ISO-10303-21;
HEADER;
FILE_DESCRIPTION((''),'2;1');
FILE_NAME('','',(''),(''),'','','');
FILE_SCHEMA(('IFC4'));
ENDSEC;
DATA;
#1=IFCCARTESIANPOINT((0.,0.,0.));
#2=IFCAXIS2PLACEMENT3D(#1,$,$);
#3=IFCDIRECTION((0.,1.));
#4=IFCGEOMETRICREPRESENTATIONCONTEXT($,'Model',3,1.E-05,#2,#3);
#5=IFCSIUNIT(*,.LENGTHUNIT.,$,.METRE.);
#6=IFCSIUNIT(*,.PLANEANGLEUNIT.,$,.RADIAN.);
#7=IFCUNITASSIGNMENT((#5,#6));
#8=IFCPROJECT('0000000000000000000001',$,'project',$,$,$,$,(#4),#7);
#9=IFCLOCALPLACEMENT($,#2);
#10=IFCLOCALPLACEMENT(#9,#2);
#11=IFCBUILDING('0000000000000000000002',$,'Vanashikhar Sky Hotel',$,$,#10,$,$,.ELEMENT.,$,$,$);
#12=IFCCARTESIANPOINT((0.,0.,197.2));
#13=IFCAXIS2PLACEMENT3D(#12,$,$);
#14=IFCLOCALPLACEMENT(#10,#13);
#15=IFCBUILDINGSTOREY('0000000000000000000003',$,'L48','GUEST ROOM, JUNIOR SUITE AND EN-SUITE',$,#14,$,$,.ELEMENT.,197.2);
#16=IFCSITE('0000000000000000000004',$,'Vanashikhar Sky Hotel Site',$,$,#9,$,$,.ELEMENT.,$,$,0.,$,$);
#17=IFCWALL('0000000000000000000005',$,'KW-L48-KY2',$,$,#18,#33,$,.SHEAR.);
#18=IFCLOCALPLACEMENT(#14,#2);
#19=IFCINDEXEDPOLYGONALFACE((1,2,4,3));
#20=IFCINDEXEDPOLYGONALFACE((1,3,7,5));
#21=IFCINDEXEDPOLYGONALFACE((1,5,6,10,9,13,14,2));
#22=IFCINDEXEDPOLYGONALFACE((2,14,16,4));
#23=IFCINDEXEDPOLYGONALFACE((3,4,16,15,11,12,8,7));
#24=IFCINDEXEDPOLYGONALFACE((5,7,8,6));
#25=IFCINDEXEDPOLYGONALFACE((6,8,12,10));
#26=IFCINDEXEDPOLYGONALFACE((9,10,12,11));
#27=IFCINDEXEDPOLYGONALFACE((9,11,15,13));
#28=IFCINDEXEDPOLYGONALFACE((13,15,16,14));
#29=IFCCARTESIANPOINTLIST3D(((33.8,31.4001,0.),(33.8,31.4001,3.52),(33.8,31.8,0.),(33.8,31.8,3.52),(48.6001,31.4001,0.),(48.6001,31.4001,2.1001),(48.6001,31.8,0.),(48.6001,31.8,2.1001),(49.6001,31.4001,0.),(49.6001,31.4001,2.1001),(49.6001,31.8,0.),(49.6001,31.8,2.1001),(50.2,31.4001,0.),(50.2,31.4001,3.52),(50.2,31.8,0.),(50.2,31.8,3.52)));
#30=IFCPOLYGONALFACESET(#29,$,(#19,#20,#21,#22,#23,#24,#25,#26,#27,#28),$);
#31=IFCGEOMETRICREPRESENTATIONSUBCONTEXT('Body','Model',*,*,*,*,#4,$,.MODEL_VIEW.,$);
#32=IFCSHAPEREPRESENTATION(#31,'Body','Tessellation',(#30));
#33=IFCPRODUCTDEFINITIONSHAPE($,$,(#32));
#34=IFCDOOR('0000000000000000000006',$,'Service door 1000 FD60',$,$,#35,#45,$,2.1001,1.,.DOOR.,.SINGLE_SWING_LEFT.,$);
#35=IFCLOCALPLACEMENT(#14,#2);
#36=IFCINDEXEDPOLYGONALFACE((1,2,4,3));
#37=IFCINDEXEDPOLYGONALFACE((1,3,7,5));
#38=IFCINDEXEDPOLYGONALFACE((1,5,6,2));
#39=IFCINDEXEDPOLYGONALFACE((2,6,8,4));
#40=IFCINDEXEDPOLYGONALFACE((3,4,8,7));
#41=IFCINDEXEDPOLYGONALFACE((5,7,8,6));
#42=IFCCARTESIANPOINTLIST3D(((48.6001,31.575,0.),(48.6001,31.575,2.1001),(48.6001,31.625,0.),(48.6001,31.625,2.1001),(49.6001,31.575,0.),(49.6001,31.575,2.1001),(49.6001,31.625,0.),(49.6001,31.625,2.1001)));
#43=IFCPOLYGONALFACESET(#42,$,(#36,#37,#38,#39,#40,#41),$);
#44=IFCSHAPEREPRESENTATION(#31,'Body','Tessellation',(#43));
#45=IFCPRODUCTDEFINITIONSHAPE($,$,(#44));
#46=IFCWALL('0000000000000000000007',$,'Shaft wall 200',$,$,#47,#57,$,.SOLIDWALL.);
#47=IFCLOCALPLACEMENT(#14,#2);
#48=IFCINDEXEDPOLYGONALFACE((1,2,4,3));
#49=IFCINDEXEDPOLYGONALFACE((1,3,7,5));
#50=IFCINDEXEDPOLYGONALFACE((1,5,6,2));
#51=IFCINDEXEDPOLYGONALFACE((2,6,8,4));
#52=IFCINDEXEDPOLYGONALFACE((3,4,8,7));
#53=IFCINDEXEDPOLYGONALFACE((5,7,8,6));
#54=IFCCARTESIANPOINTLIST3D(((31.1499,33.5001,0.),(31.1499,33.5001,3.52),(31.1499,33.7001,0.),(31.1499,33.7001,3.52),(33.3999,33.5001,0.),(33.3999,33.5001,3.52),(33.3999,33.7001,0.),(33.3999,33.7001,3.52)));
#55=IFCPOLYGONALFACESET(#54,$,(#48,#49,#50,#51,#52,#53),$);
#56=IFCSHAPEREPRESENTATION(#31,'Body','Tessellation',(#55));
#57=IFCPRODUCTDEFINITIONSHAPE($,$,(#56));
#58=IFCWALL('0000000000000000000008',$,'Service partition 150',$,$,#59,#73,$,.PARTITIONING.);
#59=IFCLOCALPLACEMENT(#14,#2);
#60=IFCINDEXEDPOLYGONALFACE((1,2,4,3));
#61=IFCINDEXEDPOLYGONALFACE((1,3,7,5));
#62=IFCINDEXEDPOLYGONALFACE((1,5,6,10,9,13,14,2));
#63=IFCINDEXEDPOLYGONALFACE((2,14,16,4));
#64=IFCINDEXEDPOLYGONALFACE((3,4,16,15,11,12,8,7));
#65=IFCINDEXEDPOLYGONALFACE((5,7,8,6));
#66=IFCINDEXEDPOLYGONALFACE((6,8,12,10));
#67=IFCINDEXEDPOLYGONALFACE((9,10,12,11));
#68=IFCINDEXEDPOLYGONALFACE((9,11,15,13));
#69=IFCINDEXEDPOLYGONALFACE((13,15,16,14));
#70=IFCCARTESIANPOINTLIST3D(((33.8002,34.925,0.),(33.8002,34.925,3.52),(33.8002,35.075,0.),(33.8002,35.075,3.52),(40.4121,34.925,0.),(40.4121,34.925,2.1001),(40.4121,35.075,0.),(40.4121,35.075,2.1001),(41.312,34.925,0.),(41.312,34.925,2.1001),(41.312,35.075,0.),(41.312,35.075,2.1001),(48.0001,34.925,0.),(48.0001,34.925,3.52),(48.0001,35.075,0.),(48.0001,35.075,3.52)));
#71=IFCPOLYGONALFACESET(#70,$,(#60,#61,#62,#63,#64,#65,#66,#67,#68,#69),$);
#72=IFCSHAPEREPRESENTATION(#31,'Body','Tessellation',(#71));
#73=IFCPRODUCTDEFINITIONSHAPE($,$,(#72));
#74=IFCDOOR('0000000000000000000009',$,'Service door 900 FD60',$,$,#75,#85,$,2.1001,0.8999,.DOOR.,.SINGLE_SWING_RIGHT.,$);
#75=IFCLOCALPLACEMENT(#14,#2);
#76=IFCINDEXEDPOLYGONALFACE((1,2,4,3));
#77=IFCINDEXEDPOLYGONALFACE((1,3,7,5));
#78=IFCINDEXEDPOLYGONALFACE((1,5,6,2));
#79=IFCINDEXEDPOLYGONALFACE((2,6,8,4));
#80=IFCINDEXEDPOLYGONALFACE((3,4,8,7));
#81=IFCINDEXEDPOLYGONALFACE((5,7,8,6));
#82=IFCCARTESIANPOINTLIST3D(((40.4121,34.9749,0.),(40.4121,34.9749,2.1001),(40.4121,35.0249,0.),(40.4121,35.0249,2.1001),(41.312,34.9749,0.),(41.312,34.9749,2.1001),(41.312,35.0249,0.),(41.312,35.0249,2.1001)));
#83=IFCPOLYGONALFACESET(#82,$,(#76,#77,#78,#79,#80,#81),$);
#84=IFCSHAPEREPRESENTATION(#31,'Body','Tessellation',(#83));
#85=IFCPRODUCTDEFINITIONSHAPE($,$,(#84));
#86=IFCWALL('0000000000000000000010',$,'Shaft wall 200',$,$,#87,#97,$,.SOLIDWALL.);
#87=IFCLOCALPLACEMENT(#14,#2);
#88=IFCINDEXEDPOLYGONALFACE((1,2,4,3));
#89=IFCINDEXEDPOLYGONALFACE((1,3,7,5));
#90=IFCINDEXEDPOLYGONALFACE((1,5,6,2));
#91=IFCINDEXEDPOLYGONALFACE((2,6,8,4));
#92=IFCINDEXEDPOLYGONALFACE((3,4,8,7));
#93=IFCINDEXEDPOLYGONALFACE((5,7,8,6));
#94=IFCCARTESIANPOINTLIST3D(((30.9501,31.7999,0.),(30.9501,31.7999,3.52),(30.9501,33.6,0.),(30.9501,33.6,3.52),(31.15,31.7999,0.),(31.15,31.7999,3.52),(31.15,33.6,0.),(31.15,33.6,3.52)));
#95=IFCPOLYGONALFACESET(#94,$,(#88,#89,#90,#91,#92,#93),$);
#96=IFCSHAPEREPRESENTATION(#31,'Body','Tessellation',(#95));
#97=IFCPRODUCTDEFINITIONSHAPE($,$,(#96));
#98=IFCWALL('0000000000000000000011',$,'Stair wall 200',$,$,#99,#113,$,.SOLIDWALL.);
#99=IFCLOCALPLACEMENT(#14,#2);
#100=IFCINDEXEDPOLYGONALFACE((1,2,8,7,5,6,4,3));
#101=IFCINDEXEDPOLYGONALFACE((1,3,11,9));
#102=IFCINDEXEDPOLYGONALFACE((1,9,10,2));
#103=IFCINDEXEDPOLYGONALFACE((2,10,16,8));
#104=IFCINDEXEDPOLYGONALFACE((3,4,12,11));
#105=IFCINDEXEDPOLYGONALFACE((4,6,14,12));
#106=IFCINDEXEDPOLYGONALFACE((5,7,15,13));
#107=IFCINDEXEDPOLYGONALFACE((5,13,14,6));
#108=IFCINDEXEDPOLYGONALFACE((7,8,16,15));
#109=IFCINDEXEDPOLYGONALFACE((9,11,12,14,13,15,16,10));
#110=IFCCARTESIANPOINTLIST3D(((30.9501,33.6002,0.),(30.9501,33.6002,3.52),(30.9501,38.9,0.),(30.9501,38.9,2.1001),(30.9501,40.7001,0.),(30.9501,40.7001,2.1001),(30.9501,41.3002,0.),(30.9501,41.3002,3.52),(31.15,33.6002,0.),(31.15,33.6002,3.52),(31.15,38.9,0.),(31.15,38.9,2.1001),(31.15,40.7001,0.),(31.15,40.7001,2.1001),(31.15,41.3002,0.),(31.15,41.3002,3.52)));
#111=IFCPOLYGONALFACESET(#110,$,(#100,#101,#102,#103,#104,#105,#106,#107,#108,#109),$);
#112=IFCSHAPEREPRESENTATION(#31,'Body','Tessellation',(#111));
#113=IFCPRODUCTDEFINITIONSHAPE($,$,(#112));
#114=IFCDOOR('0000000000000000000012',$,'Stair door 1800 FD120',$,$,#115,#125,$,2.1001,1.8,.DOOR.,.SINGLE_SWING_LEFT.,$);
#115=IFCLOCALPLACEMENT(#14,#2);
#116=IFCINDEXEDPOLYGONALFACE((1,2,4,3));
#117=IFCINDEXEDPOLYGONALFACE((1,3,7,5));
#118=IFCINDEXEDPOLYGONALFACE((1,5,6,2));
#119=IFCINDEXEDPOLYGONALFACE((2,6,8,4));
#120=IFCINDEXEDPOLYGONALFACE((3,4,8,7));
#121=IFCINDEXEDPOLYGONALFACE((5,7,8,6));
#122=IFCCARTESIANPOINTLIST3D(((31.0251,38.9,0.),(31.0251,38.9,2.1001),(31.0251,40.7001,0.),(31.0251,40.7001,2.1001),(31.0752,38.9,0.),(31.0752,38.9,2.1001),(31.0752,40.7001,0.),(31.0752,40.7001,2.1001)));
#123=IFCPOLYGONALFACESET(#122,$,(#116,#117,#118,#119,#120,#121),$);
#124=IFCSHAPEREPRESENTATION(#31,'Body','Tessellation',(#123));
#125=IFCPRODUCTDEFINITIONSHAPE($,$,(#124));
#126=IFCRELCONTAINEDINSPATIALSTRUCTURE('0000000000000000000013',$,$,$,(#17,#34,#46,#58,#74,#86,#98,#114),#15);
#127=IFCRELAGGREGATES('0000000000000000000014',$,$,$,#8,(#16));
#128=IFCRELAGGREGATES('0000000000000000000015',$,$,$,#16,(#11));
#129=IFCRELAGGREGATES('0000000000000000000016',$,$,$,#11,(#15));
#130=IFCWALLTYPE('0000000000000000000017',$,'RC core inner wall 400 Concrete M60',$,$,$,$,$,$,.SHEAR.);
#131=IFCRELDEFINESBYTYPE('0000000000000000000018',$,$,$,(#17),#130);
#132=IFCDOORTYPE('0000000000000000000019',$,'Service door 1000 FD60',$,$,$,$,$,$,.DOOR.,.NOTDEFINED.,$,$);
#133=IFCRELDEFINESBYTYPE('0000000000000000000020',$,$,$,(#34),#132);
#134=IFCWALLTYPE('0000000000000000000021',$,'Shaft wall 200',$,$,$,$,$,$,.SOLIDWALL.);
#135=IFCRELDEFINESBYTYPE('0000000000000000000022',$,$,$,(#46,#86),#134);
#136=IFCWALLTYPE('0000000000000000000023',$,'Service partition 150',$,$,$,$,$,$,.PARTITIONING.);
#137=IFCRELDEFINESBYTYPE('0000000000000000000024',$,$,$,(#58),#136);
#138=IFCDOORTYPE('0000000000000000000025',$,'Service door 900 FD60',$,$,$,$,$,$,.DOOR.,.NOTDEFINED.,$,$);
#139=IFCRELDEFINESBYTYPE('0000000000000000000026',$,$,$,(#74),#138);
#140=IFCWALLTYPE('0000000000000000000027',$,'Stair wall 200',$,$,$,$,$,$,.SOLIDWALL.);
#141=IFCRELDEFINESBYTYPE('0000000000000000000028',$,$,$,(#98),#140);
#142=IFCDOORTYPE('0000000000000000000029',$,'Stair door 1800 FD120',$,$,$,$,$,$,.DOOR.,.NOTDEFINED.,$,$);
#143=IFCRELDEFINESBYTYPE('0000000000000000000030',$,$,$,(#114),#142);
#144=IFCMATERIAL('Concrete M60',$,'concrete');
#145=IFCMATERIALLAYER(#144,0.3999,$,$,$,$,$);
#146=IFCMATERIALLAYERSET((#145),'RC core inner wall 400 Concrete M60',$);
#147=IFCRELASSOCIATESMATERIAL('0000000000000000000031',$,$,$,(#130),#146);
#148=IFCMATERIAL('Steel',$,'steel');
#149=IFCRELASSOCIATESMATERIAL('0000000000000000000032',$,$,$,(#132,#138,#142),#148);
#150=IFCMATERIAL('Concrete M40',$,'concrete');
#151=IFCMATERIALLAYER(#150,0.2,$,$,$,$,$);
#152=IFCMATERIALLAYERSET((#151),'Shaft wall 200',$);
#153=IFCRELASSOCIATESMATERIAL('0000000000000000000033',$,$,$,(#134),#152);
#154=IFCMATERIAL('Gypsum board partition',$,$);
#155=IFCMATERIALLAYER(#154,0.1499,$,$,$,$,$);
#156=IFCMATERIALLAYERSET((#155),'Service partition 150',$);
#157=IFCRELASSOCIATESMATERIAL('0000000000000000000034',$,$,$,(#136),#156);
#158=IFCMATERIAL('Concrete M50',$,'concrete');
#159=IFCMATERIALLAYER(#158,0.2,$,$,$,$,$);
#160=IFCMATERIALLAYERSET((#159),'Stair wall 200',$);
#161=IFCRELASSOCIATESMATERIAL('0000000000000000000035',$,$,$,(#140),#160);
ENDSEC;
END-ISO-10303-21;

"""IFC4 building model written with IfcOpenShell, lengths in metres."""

from ifc_helpers import new_model, si_unit, direction, frame, frame_2d, origin, place, context, subcontext, project, spatial, rectangle, extrude, source, transform, mapped, material, layer, layer_set, type_object, element, fill, save


model = new_model("IFC4")

# Units and contexts
model_context = context("Model", 3, precision=1e-05, world=origin(), true_north=direction((0.0, 1.0)))
body_context = subcontext(model_context, "Body", "Model", "MODEL_VIEW")
ifc_project = project(units=[si_unit("LENGTHUNIT", "METRE"), si_unit("PLANEANGLEUNIT", "RADIAN")], contexts=[model_context])

# Site, building, storey
site_placement = place(None, origin())
site = spatial("IfcSite", under=ifc_project, at=site_placement, Name="Vanashikhar Sky Hotel Site", CompositionType="ELEMENT", RefElevation=0.0)
building_placement = place(site_placement, origin())
building = spatial("IfcBuilding", under=site, at=building_placement, Name="Vanashikhar Sky Hotel", CompositionType="ELEMENT")
storey_placement = place(building_placement, frame((0.0, 0.0, 197.2)))
storey = spatial("IfcBuildingStorey", under=building, at=storey_placement, Name="L48", Description="GUEST ROOM, JUNIOR SUITE AND EN-SUITE", CompositionType="ELEMENT", Elevation=197.2)

# Wall, opening, door
ifc_material_1 = material(Name="Concrete M60", Category="concrete")
ifc_layer_1 = layer(ifc_material_1, 0.3999)
ifc_layer_set_1 = layer_set([ifc_layer_1], Name="RC core inner wall 400 Concrete M60")
wall_type_1 = type_object("IfcWallType", Name="RC core inner wall 400 Concrete M60", PredefinedType="SHEAR", material=ifc_layer_set_1)
shared_shape_1 = source(origin(), body_context, "Body", "SweptSolid", [
    extrude(rectangle(XDim=16.3999, YDim=0.3999, at=frame_2d((8.2, 0.0))), origin(), (0.0, 0.0, 1.0), 3.52),
])
wall_1_placement = place(storey_placement, frame((33.8, 31.6001, 0.0), z_axis=(0.0, 0.0, 1.0), x_axis=(1.0, 0.0, 0.0)))
wall_1 = element("IfcWall", 1, at=wall_1_placement, inside=storey, type_object=wall_type_1, Name="KW-L48-KY2", PredefinedType="SHEAR", context=body_context, shape_type="MappedRepresentation", body=[
    mapped(shared_shape_1, transform((0.0, 0.0, 0.0), scale=1.0)),
])
shared_shape_2 = source(origin(), body_context, "Body", "SweptSolid", [
    extrude(rectangle(XDim=1.0, YDim=2.1001, at=frame_2d((0.5, 1.05))), frame((0.0, 0.21, 0.0), z_axis=(0.0, -1.0, 0.0), x_axis=(1.0, 0.0, 0.0)), (0.0, 0.0, 1.0), 0.4199),
])
opening_1_placement = place(wall_1_placement, frame((14.8, 0.0, 0.0)))
opening_1 = element("IfcOpeningElement", 2, at=opening_1_placement, cuts=wall_1, PredefinedType="OPENING", context=body_context, shape_type="MappedRepresentation", body=[
    mapped(shared_shape_2, transform((0.0, 0.0, 0.0), scale=1.0)),
])
ifc_material_2 = material(Name="Steel", Category="steel")
door_type_1 = type_object("IfcDoorType", Name="Service door 1000 FD60", OperationType="NOTDEFINED", PredefinedType="DOOR", material=ifc_material_2)
shared_shape_3 = source(origin(), body_context, "Body", "SweptSolid", [
    extrude(rectangle(XDim=1.0, YDim=2.1001, at=frame_2d((0.5, 1.05))), frame((0.0, 0.0249, 0.0), z_axis=(0.0, -1.0, 0.0), x_axis=(1.0, 0.0, 0.0)), (0.0, 0.0, 1.0), 0.05),
])
door_1_placement = place(opening_1_placement, origin())
door_1 = element("IfcDoor", 3, at=door_1_placement, inside=storey, type_object=door_type_1, Name="Service door 1000 FD60", OperationType="SINGLE_SWING_LEFT", OverallHeight=2.1001, OverallWidth=1.0, PredefinedType="DOOR", context=body_context, shape_type="MappedRepresentation", body=[
    mapped(shared_shape_3, transform((0.0, 0.0, 0.0), scale=1.0)),
])
fill(opening_1, door_1)

# Wall
ifc_material_3 = material(Name="Concrete M40", Category="concrete")
ifc_layer_2 = layer(ifc_material_3, 0.2)
ifc_layer_set_2 = layer_set([ifc_layer_2], Name="Shaft wall 200")
wall_type_2 = type_object("IfcWallType", Name="Shaft wall 200", PredefinedType="SOLIDWALL", material=ifc_layer_set_2)
shared_shape_4 = source(origin(), body_context, "Body", "SweptSolid", [
    extrude(rectangle(XDim=2.25, YDim=0.2, at=frame_2d((1.125, 0.0))), origin(), (0.0, 0.0, 1.0), 3.52),
])
wall_2_placement = place(storey_placement, frame((31.1499, 33.6001, 0.0), z_axis=(0.0, 0.0, 1.0), x_axis=(1.0, 0.0, 0.0)))
element("IfcWall", 4, at=wall_2_placement, inside=storey, type_object=wall_type_2, Name="Shaft wall 200", PredefinedType="SOLIDWALL", context=body_context, shape_type="MappedRepresentation", body=[
    mapped(shared_shape_4, transform((0.0, 0.0, 0.0), scale=1.0)),
])

# Wall, opening, door
ifc_material_4 = material(Name="Gypsum board partition")
ifc_layer_3 = layer(ifc_material_4, 0.1499)
ifc_layer_set_3 = layer_set([ifc_layer_3], Name="Service partition 150")
wall_type_3 = type_object("IfcWallType", Name="Service partition 150", PredefinedType="PARTITIONING", material=ifc_layer_set_3)
shared_shape_5 = source(origin(), body_context, "Body", "SweptSolid", [
    extrude(rectangle(XDim=14.2, YDim=0.1499, at=frame_2d((7.1001, 0.0))), origin(), (0.0, 0.0, 1.0), 3.52),
])
wall_3_placement = place(storey_placement, frame((33.8, 35.0, 0.0), z_axis=(0.0, 0.0, 1.0), x_axis=(1.0, 0.0, 0.0)))
wall_3 = element("IfcWall", 5, at=wall_3_placement, inside=storey, type_object=wall_type_3, Name="Service partition 150", PredefinedType="PARTITIONING", context=body_context, shape_type="MappedRepresentation", body=[
    mapped(shared_shape_5, transform((0.0, 0.0, 0.0), scale=1.0)),
])
shared_shape_6 = source(origin(), body_context, "Body", "SweptSolid", [
    extrude(rectangle(XDim=0.8999, YDim=2.1001, at=frame_2d((0.45, 1.05))), frame((0.0, 0.085, 0.0), z_axis=(0.0, -1.0, 0.0), x_axis=(1.0, 0.0, 0.0)), (0.0, 0.0, 1.0), 0.1699),
])
opening_2_placement = place(wall_3_placement, frame((6.6121, 0.0, 0.0)))
opening_2 = element("IfcOpeningElement", 6, at=opening_2_placement, cuts=wall_3, PredefinedType="OPENING", context=body_context, shape_type="MappedRepresentation", body=[
    mapped(shared_shape_6, transform((0.0, 0.0, 0.0), scale=1.0)),
])
door_type_2 = type_object("IfcDoorType", Name="Service door 900 FD60", OperationType="NOTDEFINED", PredefinedType="DOOR", material=ifc_material_2)
shared_shape_7 = source(origin(), body_context, "Body", "SweptSolid", [
    extrude(rectangle(XDim=0.8999, YDim=2.1001, at=frame_2d((0.45, 1.05))), frame((0.0, 0.0249, 0.0), z_axis=(0.0, -1.0, 0.0), x_axis=(1.0, 0.0, 0.0)), (0.0, 0.0, 1.0), 0.05),
])
door_2_placement = place(opening_2_placement, origin())
door_2 = element("IfcDoor", 7, at=door_2_placement, inside=storey, type_object=door_type_2, Name="Service door 900 FD60", OperationType="SINGLE_SWING_RIGHT", OverallHeight=2.1001, OverallWidth=0.8999, PredefinedType="DOOR", context=body_context, shape_type="MappedRepresentation", body=[
    mapped(shared_shape_7, transform((0.0, 0.0, 0.0), scale=1.0)),
])
fill(opening_2, door_2)

# Wall
shared_shape_8 = source(origin(), body_context, "Body", "SweptSolid", [
    extrude(rectangle(XDim=1.8, YDim=0.2, at=frame_2d((0.8999, 0.0))), origin(), (0.0, 0.0, 1.0), 3.52),
])
wall_4_placement = place(storey_placement, frame((31.05, 31.8, 0.0), z_axis=(0.0, 0.0, 1.0), x_axis=(0.0, 1.0, 0.0)))
element("IfcWall", 8, at=wall_4_placement, inside=storey, type_object=wall_type_2, Name="Shaft wall 200", PredefinedType="SOLIDWALL", context=body_context, shape_type="MappedRepresentation", body=[
    mapped(shared_shape_8, transform((0.0, 0.0, 0.0), scale=1.0)),
])

# Wall, opening, door
ifc_material_5 = material(Name="Concrete M50", Category="concrete")
ifc_layer_4 = layer(ifc_material_5, 0.2)
ifc_layer_set_4 = layer_set([ifc_layer_4], Name="Stair wall 200")
wall_type_4 = type_object("IfcWallType", Name="Stair wall 200", PredefinedType="SOLIDWALL", material=ifc_layer_set_4)
shared_shape_9 = source(origin(), body_context, "Body", "SweptSolid", [
    extrude(rectangle(XDim=7.7, YDim=0.2, at=frame_2d((3.8501, 0.0))), origin(), (0.0, 0.0, 1.0), 3.52),
])
wall_5_placement = place(storey_placement, frame((31.05, 33.6001, 0.0), z_axis=(0.0, 0.0, 1.0), x_axis=(0.0, 1.0, 0.0)))
wall_5 = element("IfcWall", 9, at=wall_5_placement, inside=storey, type_object=wall_type_4, Name="Stair wall 200", PredefinedType="SOLIDWALL", context=body_context, shape_type="MappedRepresentation", body=[
    mapped(shared_shape_9, transform((0.0, 0.0, 0.0), scale=1.0)),
])
shared_shape_10 = source(origin(), body_context, "Body", "SweptSolid", [
    extrude(rectangle(XDim=1.8, YDim=2.1001, at=frame_2d((0.8999, 1.05))), frame((0.0, 0.1099, 0.0), z_axis=(0.0, -1.0, 0.0), x_axis=(1.0, 0.0, 0.0)), (0.0, 0.0, 1.0), 0.22),
])
opening_3_placement = place(wall_5_placement, frame((5.3, 0.0, 0.0)))
opening_3 = element("IfcOpeningElement", 10, at=opening_3_placement, cuts=wall_5, PredefinedType="OPENING", context=body_context, shape_type="MappedRepresentation", body=[
    mapped(shared_shape_10, transform((0.0, 0.0, 0.0), scale=1.0)),
])
door_type_3 = type_object("IfcDoorType", Name="Stair door 1800 FD120", OperationType="NOTDEFINED", PredefinedType="DOOR", material=ifc_material_2)
shared_shape_11 = source(origin(), body_context, "Body", "SweptSolid", [
    extrude(rectangle(XDim=1.8, YDim=2.1001, at=frame_2d((0.8999, 1.05))), frame((0.0, 0.0249, 0.0), z_axis=(0.0, -1.0, 0.0), x_axis=(1.0, 0.0, 0.0)), (0.0, 0.0, 1.0), 0.05),
])
door_3_placement = place(opening_3_placement, origin())
door_3 = element("IfcDoor", 11, at=door_3_placement, inside=storey, type_object=door_type_3, Name="Stair door 1800 FD120", OperationType="SINGLE_SWING_LEFT", OverallHeight=2.1001, OverallWidth=1.8, PredefinedType="DOOR", context=body_context, shape_type="MappedRepresentation", body=[
    mapped(shared_shape_11, transform((0.0, 0.0, 0.0), scale=1.0)),
])
fill(opening_3, door_3)

save(model, "model.ifc")
